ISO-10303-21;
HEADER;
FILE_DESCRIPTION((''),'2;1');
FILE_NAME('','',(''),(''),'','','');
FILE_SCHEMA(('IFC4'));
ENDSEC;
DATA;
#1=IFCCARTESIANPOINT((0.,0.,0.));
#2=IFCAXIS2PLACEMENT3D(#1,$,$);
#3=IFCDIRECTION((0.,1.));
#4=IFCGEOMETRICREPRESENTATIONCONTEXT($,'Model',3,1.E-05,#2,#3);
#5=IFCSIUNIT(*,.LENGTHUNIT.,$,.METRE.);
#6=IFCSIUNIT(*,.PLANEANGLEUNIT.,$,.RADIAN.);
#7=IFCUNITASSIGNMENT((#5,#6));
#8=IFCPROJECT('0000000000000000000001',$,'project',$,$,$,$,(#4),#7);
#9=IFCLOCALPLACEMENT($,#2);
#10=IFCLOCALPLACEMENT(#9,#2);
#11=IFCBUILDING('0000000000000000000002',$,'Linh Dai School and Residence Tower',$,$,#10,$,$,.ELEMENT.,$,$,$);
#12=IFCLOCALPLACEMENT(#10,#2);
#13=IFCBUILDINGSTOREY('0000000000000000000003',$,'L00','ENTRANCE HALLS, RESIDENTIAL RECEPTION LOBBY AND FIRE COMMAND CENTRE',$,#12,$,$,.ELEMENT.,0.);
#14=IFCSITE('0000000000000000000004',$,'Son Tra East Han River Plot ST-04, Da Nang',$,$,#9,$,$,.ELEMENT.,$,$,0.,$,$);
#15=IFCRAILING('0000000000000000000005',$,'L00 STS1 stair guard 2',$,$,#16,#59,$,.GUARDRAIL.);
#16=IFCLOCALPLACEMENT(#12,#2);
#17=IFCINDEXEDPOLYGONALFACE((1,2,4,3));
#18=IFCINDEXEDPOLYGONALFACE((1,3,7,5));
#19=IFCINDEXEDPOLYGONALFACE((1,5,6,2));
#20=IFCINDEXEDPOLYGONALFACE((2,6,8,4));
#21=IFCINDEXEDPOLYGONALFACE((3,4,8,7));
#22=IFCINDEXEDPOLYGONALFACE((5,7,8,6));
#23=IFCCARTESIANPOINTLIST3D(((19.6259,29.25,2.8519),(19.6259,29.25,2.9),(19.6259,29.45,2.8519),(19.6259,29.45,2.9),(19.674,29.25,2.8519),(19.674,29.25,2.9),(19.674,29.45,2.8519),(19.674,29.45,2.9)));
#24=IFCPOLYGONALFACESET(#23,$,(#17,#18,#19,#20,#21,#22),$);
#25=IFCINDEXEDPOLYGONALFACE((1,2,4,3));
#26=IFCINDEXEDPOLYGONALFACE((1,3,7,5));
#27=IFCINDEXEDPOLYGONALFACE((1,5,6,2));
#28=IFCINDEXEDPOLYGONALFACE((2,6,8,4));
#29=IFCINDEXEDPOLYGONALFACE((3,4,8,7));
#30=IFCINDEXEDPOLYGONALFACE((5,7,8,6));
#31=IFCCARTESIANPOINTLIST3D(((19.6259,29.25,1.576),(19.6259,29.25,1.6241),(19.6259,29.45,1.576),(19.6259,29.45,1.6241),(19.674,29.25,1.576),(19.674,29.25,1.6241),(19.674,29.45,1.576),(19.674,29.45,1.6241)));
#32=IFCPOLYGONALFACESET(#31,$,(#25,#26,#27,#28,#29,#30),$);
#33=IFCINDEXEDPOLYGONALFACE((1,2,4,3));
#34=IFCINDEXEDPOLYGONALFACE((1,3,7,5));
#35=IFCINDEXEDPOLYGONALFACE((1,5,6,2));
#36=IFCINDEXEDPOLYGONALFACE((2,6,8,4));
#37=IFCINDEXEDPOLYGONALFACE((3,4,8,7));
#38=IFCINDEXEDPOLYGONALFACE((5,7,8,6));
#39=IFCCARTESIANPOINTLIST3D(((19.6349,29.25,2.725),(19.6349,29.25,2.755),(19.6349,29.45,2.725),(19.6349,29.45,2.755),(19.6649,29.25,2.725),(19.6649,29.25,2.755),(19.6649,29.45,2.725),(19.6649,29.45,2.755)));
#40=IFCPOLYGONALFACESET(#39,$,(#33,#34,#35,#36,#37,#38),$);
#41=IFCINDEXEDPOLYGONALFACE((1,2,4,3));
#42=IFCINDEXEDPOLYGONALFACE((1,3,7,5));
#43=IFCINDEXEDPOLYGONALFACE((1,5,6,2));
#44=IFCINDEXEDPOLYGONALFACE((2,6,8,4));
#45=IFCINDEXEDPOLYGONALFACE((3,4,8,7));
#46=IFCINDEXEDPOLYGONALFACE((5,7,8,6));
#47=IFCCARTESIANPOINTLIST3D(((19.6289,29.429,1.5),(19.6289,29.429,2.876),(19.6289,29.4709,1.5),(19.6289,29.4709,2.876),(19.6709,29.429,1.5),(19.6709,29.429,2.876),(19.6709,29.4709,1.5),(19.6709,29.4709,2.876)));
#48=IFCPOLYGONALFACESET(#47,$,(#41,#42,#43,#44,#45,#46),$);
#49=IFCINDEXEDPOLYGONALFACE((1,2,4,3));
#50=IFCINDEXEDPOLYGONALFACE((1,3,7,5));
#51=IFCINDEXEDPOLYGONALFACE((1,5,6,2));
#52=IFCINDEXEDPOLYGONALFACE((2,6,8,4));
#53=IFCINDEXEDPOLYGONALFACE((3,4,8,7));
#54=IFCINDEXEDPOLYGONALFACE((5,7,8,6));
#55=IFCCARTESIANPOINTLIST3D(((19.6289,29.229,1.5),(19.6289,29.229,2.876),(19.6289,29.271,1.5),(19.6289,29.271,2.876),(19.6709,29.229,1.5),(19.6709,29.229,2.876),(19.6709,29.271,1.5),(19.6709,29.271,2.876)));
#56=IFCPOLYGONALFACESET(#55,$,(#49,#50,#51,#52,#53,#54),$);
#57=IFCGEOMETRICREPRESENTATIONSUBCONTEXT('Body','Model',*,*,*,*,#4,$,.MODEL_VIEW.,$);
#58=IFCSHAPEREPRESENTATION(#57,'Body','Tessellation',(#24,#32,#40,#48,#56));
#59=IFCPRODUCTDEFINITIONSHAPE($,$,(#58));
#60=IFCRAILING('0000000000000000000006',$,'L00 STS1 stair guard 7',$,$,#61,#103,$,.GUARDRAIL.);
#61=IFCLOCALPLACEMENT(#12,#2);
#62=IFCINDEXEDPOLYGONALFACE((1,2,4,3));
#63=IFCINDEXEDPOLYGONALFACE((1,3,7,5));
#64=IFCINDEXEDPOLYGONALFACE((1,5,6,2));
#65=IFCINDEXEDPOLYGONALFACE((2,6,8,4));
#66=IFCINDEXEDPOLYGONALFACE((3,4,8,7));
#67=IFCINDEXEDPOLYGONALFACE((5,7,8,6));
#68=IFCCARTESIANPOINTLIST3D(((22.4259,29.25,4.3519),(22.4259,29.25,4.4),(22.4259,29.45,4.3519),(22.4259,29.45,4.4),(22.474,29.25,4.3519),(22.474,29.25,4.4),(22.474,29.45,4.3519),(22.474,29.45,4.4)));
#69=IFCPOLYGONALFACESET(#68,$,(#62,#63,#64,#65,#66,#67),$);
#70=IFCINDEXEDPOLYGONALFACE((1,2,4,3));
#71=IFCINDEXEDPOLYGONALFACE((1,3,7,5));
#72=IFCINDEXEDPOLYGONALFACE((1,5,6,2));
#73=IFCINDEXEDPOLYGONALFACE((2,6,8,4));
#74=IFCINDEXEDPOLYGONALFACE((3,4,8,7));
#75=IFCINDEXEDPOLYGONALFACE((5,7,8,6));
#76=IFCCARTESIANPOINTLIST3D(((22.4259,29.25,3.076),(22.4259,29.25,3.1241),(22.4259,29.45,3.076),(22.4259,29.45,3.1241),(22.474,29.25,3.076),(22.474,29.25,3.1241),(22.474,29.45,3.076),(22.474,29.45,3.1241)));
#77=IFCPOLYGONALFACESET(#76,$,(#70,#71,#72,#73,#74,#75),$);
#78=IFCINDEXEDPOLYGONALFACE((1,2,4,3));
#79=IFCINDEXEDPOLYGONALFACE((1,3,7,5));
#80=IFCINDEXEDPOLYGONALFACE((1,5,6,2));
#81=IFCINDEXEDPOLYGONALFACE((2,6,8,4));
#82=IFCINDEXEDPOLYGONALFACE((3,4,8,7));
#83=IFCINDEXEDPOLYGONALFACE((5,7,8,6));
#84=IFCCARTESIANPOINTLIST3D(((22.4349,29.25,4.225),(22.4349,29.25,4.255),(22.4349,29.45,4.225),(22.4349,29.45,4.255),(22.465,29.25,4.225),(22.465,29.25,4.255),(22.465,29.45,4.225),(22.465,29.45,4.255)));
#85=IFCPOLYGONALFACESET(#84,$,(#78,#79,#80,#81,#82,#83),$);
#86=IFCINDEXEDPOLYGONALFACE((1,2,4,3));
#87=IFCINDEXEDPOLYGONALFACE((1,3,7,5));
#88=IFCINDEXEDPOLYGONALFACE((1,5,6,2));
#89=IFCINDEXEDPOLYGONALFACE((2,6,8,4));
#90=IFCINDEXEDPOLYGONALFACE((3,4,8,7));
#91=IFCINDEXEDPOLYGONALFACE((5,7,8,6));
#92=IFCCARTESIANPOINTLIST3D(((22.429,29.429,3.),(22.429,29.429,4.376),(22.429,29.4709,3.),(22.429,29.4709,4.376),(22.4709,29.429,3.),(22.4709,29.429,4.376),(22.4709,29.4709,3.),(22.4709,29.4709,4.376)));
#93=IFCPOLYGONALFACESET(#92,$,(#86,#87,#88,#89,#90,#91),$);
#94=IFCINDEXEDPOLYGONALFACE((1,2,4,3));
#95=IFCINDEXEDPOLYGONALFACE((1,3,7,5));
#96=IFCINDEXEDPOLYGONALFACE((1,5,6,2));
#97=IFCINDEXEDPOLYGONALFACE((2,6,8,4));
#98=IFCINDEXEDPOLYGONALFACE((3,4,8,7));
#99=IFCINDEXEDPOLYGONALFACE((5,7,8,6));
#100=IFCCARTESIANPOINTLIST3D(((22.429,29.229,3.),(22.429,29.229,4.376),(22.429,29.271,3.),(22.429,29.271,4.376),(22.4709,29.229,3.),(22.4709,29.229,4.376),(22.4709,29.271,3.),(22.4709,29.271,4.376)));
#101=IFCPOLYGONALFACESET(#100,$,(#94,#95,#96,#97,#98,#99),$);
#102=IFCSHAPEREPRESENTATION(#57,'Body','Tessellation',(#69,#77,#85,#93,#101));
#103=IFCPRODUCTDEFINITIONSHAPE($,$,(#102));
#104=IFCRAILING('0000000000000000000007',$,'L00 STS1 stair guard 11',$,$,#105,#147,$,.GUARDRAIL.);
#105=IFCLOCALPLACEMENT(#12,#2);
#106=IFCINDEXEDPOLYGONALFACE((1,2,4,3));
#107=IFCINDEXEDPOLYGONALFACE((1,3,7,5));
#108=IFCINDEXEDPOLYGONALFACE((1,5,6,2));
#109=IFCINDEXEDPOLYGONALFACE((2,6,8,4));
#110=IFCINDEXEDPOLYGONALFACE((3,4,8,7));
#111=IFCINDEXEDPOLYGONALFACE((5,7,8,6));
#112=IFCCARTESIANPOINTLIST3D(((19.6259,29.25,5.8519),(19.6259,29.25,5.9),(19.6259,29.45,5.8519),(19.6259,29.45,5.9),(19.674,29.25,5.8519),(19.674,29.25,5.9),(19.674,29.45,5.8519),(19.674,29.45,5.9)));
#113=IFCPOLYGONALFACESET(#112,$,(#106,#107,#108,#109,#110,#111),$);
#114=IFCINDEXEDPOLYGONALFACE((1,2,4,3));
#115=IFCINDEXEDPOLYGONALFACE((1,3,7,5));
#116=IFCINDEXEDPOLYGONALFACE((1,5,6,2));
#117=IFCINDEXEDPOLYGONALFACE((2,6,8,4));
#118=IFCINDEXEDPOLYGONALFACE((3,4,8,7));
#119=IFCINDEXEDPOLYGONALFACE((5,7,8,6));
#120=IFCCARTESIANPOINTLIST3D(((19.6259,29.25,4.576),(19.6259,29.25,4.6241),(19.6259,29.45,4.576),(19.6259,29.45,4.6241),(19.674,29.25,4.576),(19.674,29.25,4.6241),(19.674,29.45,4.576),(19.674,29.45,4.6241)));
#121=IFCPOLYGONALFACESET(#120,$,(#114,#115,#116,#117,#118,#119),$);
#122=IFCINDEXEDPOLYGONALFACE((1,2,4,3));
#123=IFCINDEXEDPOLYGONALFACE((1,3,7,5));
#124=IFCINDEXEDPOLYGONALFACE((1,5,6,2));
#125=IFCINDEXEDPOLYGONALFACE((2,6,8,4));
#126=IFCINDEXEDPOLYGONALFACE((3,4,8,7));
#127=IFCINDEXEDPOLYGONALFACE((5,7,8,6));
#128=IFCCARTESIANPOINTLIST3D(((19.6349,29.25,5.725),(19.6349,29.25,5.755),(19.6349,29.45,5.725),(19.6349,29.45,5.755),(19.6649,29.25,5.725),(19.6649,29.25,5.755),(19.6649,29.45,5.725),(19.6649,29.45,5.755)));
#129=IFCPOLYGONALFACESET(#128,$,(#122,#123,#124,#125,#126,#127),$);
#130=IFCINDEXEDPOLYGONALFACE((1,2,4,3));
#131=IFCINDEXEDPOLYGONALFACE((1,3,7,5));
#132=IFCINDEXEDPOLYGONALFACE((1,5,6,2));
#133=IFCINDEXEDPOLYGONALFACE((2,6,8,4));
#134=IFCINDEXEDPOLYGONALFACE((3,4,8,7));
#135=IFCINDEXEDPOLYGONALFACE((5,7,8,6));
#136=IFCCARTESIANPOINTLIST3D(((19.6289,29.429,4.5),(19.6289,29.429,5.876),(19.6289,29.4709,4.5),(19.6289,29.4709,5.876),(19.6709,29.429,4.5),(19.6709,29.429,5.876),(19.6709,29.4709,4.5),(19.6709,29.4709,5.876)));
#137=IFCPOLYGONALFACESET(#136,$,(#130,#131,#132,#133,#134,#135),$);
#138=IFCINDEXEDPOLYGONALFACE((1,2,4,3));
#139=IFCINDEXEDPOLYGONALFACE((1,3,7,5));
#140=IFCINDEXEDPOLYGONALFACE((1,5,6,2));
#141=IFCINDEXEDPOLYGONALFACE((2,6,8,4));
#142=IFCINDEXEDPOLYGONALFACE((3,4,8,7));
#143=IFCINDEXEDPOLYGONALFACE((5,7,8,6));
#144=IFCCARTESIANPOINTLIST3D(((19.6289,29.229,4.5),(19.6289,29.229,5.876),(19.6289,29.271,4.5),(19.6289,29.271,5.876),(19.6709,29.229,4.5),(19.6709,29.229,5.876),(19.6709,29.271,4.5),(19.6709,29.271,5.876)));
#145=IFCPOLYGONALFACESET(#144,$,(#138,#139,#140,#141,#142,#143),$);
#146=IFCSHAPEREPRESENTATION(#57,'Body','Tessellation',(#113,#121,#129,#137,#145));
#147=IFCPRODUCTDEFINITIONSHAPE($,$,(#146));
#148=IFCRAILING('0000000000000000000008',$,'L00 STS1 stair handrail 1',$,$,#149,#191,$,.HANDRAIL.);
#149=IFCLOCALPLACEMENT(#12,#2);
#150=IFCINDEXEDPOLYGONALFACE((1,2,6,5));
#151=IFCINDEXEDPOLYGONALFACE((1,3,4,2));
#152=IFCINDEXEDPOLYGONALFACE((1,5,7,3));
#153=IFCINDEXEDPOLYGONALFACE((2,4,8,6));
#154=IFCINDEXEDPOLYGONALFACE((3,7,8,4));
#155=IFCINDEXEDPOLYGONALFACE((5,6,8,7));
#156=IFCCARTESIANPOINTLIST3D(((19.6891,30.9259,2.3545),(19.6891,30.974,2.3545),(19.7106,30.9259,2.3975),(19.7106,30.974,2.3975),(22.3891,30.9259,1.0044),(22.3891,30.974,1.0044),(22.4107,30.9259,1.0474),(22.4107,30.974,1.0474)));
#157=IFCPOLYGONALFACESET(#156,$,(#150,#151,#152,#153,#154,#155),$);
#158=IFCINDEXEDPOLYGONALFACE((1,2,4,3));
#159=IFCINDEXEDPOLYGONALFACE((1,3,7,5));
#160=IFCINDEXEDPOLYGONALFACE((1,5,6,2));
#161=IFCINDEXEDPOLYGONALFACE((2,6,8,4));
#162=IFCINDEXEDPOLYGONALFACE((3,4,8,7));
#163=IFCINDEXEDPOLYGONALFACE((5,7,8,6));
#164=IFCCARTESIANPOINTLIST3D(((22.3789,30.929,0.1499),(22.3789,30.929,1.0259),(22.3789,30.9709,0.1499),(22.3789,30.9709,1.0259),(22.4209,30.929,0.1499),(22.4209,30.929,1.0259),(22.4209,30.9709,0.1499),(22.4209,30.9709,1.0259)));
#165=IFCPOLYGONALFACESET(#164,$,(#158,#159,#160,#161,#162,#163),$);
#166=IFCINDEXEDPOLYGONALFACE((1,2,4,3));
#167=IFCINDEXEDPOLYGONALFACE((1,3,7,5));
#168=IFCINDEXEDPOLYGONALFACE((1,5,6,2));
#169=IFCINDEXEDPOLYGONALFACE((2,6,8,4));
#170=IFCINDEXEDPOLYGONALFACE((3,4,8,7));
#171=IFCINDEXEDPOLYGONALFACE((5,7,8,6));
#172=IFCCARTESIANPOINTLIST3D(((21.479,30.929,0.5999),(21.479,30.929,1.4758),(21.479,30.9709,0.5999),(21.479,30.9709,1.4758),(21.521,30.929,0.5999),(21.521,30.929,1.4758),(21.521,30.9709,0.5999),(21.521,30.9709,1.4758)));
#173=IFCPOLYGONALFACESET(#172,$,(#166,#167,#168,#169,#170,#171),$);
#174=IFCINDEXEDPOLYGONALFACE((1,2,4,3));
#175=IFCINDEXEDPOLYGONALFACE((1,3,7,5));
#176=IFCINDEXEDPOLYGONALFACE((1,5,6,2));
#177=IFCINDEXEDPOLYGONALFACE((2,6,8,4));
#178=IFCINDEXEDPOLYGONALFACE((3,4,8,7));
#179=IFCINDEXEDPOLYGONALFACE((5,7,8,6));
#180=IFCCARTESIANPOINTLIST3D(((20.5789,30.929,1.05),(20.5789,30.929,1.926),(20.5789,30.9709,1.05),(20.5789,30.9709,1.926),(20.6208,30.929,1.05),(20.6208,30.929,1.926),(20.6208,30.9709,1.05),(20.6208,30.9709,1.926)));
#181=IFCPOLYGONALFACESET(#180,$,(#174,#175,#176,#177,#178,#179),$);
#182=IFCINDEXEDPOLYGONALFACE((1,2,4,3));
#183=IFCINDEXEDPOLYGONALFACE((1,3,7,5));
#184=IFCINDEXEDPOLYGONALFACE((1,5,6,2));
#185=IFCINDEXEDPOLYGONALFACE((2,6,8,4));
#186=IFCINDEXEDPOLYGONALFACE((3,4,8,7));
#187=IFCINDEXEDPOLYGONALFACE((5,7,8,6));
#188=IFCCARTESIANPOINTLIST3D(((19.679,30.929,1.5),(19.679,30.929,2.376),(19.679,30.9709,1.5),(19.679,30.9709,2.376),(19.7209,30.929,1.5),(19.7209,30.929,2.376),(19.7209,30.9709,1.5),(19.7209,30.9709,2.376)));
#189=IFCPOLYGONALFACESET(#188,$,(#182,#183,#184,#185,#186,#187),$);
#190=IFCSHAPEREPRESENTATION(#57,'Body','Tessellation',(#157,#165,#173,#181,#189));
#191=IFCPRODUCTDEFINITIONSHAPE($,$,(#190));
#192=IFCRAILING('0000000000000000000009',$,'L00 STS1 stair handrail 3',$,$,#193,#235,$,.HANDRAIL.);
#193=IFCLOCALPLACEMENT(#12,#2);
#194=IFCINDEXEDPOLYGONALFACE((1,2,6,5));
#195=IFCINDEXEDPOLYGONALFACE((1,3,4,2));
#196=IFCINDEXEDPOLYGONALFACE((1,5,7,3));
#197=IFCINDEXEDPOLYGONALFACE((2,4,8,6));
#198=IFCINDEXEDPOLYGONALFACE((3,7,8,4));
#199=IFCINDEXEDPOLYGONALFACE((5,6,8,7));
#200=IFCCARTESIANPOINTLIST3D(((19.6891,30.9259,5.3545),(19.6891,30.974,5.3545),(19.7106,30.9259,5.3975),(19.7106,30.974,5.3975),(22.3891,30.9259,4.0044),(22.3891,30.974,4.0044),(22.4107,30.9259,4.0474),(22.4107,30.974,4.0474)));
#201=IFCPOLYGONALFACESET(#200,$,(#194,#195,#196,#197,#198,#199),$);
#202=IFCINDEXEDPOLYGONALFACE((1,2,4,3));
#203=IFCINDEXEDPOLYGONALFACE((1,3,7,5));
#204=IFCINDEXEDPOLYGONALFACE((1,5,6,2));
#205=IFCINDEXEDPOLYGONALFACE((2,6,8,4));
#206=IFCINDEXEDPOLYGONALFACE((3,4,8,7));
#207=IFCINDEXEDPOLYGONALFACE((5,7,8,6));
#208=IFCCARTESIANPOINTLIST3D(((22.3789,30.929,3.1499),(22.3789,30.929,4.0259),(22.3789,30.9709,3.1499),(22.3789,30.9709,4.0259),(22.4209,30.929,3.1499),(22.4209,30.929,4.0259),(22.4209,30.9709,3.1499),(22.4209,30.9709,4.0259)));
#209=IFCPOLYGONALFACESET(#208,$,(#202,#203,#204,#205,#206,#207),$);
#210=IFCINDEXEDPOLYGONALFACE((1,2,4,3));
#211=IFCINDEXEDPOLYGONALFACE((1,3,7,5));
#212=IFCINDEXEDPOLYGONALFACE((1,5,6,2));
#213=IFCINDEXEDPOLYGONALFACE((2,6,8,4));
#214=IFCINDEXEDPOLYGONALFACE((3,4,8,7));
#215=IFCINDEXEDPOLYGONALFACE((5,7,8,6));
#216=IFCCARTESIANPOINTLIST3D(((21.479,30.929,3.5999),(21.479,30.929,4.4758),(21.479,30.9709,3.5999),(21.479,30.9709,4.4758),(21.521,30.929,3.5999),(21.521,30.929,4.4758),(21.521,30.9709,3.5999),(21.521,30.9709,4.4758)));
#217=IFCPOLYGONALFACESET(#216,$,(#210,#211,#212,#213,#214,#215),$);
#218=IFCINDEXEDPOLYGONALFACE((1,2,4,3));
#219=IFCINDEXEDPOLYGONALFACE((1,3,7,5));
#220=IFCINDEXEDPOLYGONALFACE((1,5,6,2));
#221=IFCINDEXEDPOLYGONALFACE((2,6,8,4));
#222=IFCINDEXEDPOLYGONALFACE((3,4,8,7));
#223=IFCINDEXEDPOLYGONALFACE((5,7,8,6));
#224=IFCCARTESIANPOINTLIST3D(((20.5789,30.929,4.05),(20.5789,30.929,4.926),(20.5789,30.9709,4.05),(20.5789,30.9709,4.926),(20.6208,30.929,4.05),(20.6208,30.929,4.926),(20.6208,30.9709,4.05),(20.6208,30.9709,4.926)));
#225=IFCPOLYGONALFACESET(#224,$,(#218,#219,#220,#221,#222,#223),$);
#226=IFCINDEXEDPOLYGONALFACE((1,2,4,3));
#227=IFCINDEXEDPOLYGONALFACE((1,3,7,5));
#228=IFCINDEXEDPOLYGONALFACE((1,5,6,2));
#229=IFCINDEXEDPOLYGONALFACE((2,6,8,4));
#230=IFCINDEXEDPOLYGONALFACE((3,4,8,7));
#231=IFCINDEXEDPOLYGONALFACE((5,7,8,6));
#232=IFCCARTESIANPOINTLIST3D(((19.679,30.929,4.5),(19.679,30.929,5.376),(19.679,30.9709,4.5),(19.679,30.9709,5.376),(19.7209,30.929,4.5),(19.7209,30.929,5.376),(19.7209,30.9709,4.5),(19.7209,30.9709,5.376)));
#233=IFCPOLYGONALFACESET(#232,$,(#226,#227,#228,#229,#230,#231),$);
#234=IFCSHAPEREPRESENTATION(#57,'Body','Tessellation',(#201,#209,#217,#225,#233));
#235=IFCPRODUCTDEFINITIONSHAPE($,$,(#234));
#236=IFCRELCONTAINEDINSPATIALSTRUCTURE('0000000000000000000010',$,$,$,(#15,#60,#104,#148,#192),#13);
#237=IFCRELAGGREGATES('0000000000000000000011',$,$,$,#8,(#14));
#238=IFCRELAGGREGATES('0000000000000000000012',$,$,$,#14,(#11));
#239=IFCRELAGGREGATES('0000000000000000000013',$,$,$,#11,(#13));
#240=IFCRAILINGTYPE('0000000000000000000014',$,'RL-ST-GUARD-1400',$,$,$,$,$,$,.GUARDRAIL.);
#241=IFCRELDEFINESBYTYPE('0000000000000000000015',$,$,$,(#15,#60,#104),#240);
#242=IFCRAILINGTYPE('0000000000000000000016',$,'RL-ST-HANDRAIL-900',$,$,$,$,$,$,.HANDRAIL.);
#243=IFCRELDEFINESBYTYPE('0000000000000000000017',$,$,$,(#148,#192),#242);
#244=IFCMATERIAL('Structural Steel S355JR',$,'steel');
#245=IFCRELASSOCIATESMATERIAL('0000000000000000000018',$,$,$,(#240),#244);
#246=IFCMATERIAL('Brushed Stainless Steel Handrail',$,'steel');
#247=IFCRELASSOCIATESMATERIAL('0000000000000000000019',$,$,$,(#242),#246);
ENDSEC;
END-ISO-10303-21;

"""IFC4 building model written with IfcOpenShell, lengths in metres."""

from ifc_helpers import new_model, si_unit, direction, frame, origin, origin_2d, place, context, subcontext, project, spatial, rectangle, extrude, source, transform, mapped, material, type_object, element, save


model = new_model("IFC4")

# Units and contexts
model_context = context("Model", 3, precision=1e-05, world=origin(), true_north=direction((0.0, 1.0)))
body_context = subcontext(model_context, "Body", "Model", "MODEL_VIEW")
ifc_project = project(units=[si_unit("LENGTHUNIT", "METRE"), si_unit("PLANEANGLEUNIT", "RADIAN")], contexts=[model_context])

# Site, building, storey
site_placement = place(None, origin())
site = spatial("IfcSite", under=ifc_project, at=site_placement, Name="Son Tra East Han River Plot ST-04, Da Nang", CompositionType="ELEMENT", RefElevation=0.0)
building_placement = place(site_placement, origin())
building = spatial("IfcBuilding", under=site, at=building_placement, Name="Linh Dai School and Residence Tower", CompositionType="ELEMENT")
storey_placement = place(building_placement, origin())
storey = spatial("IfcBuildingStorey", under=building, at=storey_placement, Name="L00", Description="ENTRANCE HALLS, RESIDENTIAL RECEPTION LOBBY AND FIRE COMMAND CENTRE", CompositionType="ELEMENT", Elevation=0.0)

# Shared definitions
ifc_material_1 = material(Name="Structural Steel S355JR", Category="steel")

# Railings
railing_type_1 = type_object("IfcRailingType", Name="RL-ST-GUARD-1400", PredefinedType="GUARDRAIL", material=ifc_material_1)
shared_shape_1 = source(origin(), body_context, "Body", "SweptSolid", [
    extrude(rectangle(XDim=0.0481, YDim=0.0481, at=origin_2d()), frame((0.0, 0.0, 1.376), z_axis=(0.0, -1.0, 0.0), x_axis=(1.0, 0.0, 0.0)), (0.0, 0.0, 1.0), 0.2),
    extrude(rectangle(XDim=0.0481, YDim=0.0481, at=origin_2d()), frame((0.0, 0.0, 0.1001), z_axis=(0.0, -1.0, 0.0), x_axis=(1.0, 0.0, 0.0)), (0.0, 0.0, 1.0), 0.2),
    extrude(rectangle(XDim=0.03, YDim=0.03, at=origin_2d()), frame((0.0, 0.0, 1.24), z_axis=(0.0, -1.0, 0.0), x_axis=(1.0, 0.0, 0.0)), (0.0, 0.0, 1.0), 0.2),
    extrude(rectangle(XDim=0.042, YDim=0.042, at=origin_2d()), origin(), (0.0, 0.0, 1.0), 1.376),
    extrude(rectangle(XDim=0.042, YDim=0.042, at=origin_2d()), frame((0.0, -0.2, 0.0)), (0.0, 0.0, 1.0), 1.376),
])
for number, where, name in (
    (1, (19.6499, 29.45, 1.5), "L00 STS1 stair guard 2"),
    (2, (22.45, 29.45, 3.0), "L00 STS1 stair guard 7"),
    (3, (19.6499, 29.45, 4.5), "L00 STS1 stair guard 11"),
):
    element("IfcRailing", number, at=place(storey_placement, frame(where)), inside=storey, type_object=railing_type_1, Name=name, PredefinedType="GUARDRAIL", context=body_context, shape_type="MappedRepresentation", body=[
        mapped(shared_shape_1, transform((0.0, 0.0, 0.0), x_axis=(1.0, 0.0, 0.0), y_axis=(0.0, 1.0, 0.0), z_axis=(0.0, 0.0, 1.0), scale=1.0)),
    ])
ifc_material_2 = material(Name="Brushed Stainless Steel Handrail", Category="steel")
railing_type_2 = type_object("IfcRailingType", Name="RL-ST-HANDRAIL-900", PredefinedType="HANDRAIL", material=ifc_material_2)
shared_shape_2 = source(origin(), body_context, "Body", "SweptSolid", [
    extrude(rectangle(XDim=0.0481, YDim=0.0481, at=origin_2d()), frame((0.0, 0.0, 0.876), z_axis=(-0.894411, 0.0, 0.447246), x_axis=(0.0, -1.0, 0.0)), (0.0, 0.0, 1.0), 3.0188),
    extrude(rectangle(XDim=0.042, YDim=0.042, at=origin_2d()), origin(), (0.0, 0.0, 1.0), 0.876),
    extrude(rectangle(XDim=0.042, YDim=0.042, at=origin_2d()), frame((-0.8999, 0.0, 0.45)), (0.0, 0.0, 1.0), 0.876),
    extrude(rectangle(XDim=0.042, YDim=0.042, at=origin_2d()), frame((-1.8, 0.0, 0.9001)), (0.0, 0.0, 1.0), 0.876),
    extrude(rectangle(XDim=0.042, YDim=0.042, at=origin_2d()), frame((-2.7, 0.0, 1.3501)), (0.0, 0.0, 1.0), 0.876),
])
for number, where, name in (
    (4, (22.3999, 30.95, 0.1499), "L00 STS1 stair handrail 1"),
    (5, (22.3999, 30.95, 3.1499), "L00 STS1 stair handrail 3"),
):
    element("IfcRailing", number, at=place(storey_placement, frame(where)), inside=storey, type_object=railing_type_2, Name=name, PredefinedType="HANDRAIL", context=body_context, shape_type="MappedRepresentation", body=[
        mapped(shared_shape_2, transform((0.0, 0.0, 0.0), x_axis=(1.0, 0.0, 0.0), y_axis=(0.0, 1.0, 0.0), z_axis=(0.0, 0.0, 1.0), scale=1.0)),
    ])

save(model, "model.ifc")
